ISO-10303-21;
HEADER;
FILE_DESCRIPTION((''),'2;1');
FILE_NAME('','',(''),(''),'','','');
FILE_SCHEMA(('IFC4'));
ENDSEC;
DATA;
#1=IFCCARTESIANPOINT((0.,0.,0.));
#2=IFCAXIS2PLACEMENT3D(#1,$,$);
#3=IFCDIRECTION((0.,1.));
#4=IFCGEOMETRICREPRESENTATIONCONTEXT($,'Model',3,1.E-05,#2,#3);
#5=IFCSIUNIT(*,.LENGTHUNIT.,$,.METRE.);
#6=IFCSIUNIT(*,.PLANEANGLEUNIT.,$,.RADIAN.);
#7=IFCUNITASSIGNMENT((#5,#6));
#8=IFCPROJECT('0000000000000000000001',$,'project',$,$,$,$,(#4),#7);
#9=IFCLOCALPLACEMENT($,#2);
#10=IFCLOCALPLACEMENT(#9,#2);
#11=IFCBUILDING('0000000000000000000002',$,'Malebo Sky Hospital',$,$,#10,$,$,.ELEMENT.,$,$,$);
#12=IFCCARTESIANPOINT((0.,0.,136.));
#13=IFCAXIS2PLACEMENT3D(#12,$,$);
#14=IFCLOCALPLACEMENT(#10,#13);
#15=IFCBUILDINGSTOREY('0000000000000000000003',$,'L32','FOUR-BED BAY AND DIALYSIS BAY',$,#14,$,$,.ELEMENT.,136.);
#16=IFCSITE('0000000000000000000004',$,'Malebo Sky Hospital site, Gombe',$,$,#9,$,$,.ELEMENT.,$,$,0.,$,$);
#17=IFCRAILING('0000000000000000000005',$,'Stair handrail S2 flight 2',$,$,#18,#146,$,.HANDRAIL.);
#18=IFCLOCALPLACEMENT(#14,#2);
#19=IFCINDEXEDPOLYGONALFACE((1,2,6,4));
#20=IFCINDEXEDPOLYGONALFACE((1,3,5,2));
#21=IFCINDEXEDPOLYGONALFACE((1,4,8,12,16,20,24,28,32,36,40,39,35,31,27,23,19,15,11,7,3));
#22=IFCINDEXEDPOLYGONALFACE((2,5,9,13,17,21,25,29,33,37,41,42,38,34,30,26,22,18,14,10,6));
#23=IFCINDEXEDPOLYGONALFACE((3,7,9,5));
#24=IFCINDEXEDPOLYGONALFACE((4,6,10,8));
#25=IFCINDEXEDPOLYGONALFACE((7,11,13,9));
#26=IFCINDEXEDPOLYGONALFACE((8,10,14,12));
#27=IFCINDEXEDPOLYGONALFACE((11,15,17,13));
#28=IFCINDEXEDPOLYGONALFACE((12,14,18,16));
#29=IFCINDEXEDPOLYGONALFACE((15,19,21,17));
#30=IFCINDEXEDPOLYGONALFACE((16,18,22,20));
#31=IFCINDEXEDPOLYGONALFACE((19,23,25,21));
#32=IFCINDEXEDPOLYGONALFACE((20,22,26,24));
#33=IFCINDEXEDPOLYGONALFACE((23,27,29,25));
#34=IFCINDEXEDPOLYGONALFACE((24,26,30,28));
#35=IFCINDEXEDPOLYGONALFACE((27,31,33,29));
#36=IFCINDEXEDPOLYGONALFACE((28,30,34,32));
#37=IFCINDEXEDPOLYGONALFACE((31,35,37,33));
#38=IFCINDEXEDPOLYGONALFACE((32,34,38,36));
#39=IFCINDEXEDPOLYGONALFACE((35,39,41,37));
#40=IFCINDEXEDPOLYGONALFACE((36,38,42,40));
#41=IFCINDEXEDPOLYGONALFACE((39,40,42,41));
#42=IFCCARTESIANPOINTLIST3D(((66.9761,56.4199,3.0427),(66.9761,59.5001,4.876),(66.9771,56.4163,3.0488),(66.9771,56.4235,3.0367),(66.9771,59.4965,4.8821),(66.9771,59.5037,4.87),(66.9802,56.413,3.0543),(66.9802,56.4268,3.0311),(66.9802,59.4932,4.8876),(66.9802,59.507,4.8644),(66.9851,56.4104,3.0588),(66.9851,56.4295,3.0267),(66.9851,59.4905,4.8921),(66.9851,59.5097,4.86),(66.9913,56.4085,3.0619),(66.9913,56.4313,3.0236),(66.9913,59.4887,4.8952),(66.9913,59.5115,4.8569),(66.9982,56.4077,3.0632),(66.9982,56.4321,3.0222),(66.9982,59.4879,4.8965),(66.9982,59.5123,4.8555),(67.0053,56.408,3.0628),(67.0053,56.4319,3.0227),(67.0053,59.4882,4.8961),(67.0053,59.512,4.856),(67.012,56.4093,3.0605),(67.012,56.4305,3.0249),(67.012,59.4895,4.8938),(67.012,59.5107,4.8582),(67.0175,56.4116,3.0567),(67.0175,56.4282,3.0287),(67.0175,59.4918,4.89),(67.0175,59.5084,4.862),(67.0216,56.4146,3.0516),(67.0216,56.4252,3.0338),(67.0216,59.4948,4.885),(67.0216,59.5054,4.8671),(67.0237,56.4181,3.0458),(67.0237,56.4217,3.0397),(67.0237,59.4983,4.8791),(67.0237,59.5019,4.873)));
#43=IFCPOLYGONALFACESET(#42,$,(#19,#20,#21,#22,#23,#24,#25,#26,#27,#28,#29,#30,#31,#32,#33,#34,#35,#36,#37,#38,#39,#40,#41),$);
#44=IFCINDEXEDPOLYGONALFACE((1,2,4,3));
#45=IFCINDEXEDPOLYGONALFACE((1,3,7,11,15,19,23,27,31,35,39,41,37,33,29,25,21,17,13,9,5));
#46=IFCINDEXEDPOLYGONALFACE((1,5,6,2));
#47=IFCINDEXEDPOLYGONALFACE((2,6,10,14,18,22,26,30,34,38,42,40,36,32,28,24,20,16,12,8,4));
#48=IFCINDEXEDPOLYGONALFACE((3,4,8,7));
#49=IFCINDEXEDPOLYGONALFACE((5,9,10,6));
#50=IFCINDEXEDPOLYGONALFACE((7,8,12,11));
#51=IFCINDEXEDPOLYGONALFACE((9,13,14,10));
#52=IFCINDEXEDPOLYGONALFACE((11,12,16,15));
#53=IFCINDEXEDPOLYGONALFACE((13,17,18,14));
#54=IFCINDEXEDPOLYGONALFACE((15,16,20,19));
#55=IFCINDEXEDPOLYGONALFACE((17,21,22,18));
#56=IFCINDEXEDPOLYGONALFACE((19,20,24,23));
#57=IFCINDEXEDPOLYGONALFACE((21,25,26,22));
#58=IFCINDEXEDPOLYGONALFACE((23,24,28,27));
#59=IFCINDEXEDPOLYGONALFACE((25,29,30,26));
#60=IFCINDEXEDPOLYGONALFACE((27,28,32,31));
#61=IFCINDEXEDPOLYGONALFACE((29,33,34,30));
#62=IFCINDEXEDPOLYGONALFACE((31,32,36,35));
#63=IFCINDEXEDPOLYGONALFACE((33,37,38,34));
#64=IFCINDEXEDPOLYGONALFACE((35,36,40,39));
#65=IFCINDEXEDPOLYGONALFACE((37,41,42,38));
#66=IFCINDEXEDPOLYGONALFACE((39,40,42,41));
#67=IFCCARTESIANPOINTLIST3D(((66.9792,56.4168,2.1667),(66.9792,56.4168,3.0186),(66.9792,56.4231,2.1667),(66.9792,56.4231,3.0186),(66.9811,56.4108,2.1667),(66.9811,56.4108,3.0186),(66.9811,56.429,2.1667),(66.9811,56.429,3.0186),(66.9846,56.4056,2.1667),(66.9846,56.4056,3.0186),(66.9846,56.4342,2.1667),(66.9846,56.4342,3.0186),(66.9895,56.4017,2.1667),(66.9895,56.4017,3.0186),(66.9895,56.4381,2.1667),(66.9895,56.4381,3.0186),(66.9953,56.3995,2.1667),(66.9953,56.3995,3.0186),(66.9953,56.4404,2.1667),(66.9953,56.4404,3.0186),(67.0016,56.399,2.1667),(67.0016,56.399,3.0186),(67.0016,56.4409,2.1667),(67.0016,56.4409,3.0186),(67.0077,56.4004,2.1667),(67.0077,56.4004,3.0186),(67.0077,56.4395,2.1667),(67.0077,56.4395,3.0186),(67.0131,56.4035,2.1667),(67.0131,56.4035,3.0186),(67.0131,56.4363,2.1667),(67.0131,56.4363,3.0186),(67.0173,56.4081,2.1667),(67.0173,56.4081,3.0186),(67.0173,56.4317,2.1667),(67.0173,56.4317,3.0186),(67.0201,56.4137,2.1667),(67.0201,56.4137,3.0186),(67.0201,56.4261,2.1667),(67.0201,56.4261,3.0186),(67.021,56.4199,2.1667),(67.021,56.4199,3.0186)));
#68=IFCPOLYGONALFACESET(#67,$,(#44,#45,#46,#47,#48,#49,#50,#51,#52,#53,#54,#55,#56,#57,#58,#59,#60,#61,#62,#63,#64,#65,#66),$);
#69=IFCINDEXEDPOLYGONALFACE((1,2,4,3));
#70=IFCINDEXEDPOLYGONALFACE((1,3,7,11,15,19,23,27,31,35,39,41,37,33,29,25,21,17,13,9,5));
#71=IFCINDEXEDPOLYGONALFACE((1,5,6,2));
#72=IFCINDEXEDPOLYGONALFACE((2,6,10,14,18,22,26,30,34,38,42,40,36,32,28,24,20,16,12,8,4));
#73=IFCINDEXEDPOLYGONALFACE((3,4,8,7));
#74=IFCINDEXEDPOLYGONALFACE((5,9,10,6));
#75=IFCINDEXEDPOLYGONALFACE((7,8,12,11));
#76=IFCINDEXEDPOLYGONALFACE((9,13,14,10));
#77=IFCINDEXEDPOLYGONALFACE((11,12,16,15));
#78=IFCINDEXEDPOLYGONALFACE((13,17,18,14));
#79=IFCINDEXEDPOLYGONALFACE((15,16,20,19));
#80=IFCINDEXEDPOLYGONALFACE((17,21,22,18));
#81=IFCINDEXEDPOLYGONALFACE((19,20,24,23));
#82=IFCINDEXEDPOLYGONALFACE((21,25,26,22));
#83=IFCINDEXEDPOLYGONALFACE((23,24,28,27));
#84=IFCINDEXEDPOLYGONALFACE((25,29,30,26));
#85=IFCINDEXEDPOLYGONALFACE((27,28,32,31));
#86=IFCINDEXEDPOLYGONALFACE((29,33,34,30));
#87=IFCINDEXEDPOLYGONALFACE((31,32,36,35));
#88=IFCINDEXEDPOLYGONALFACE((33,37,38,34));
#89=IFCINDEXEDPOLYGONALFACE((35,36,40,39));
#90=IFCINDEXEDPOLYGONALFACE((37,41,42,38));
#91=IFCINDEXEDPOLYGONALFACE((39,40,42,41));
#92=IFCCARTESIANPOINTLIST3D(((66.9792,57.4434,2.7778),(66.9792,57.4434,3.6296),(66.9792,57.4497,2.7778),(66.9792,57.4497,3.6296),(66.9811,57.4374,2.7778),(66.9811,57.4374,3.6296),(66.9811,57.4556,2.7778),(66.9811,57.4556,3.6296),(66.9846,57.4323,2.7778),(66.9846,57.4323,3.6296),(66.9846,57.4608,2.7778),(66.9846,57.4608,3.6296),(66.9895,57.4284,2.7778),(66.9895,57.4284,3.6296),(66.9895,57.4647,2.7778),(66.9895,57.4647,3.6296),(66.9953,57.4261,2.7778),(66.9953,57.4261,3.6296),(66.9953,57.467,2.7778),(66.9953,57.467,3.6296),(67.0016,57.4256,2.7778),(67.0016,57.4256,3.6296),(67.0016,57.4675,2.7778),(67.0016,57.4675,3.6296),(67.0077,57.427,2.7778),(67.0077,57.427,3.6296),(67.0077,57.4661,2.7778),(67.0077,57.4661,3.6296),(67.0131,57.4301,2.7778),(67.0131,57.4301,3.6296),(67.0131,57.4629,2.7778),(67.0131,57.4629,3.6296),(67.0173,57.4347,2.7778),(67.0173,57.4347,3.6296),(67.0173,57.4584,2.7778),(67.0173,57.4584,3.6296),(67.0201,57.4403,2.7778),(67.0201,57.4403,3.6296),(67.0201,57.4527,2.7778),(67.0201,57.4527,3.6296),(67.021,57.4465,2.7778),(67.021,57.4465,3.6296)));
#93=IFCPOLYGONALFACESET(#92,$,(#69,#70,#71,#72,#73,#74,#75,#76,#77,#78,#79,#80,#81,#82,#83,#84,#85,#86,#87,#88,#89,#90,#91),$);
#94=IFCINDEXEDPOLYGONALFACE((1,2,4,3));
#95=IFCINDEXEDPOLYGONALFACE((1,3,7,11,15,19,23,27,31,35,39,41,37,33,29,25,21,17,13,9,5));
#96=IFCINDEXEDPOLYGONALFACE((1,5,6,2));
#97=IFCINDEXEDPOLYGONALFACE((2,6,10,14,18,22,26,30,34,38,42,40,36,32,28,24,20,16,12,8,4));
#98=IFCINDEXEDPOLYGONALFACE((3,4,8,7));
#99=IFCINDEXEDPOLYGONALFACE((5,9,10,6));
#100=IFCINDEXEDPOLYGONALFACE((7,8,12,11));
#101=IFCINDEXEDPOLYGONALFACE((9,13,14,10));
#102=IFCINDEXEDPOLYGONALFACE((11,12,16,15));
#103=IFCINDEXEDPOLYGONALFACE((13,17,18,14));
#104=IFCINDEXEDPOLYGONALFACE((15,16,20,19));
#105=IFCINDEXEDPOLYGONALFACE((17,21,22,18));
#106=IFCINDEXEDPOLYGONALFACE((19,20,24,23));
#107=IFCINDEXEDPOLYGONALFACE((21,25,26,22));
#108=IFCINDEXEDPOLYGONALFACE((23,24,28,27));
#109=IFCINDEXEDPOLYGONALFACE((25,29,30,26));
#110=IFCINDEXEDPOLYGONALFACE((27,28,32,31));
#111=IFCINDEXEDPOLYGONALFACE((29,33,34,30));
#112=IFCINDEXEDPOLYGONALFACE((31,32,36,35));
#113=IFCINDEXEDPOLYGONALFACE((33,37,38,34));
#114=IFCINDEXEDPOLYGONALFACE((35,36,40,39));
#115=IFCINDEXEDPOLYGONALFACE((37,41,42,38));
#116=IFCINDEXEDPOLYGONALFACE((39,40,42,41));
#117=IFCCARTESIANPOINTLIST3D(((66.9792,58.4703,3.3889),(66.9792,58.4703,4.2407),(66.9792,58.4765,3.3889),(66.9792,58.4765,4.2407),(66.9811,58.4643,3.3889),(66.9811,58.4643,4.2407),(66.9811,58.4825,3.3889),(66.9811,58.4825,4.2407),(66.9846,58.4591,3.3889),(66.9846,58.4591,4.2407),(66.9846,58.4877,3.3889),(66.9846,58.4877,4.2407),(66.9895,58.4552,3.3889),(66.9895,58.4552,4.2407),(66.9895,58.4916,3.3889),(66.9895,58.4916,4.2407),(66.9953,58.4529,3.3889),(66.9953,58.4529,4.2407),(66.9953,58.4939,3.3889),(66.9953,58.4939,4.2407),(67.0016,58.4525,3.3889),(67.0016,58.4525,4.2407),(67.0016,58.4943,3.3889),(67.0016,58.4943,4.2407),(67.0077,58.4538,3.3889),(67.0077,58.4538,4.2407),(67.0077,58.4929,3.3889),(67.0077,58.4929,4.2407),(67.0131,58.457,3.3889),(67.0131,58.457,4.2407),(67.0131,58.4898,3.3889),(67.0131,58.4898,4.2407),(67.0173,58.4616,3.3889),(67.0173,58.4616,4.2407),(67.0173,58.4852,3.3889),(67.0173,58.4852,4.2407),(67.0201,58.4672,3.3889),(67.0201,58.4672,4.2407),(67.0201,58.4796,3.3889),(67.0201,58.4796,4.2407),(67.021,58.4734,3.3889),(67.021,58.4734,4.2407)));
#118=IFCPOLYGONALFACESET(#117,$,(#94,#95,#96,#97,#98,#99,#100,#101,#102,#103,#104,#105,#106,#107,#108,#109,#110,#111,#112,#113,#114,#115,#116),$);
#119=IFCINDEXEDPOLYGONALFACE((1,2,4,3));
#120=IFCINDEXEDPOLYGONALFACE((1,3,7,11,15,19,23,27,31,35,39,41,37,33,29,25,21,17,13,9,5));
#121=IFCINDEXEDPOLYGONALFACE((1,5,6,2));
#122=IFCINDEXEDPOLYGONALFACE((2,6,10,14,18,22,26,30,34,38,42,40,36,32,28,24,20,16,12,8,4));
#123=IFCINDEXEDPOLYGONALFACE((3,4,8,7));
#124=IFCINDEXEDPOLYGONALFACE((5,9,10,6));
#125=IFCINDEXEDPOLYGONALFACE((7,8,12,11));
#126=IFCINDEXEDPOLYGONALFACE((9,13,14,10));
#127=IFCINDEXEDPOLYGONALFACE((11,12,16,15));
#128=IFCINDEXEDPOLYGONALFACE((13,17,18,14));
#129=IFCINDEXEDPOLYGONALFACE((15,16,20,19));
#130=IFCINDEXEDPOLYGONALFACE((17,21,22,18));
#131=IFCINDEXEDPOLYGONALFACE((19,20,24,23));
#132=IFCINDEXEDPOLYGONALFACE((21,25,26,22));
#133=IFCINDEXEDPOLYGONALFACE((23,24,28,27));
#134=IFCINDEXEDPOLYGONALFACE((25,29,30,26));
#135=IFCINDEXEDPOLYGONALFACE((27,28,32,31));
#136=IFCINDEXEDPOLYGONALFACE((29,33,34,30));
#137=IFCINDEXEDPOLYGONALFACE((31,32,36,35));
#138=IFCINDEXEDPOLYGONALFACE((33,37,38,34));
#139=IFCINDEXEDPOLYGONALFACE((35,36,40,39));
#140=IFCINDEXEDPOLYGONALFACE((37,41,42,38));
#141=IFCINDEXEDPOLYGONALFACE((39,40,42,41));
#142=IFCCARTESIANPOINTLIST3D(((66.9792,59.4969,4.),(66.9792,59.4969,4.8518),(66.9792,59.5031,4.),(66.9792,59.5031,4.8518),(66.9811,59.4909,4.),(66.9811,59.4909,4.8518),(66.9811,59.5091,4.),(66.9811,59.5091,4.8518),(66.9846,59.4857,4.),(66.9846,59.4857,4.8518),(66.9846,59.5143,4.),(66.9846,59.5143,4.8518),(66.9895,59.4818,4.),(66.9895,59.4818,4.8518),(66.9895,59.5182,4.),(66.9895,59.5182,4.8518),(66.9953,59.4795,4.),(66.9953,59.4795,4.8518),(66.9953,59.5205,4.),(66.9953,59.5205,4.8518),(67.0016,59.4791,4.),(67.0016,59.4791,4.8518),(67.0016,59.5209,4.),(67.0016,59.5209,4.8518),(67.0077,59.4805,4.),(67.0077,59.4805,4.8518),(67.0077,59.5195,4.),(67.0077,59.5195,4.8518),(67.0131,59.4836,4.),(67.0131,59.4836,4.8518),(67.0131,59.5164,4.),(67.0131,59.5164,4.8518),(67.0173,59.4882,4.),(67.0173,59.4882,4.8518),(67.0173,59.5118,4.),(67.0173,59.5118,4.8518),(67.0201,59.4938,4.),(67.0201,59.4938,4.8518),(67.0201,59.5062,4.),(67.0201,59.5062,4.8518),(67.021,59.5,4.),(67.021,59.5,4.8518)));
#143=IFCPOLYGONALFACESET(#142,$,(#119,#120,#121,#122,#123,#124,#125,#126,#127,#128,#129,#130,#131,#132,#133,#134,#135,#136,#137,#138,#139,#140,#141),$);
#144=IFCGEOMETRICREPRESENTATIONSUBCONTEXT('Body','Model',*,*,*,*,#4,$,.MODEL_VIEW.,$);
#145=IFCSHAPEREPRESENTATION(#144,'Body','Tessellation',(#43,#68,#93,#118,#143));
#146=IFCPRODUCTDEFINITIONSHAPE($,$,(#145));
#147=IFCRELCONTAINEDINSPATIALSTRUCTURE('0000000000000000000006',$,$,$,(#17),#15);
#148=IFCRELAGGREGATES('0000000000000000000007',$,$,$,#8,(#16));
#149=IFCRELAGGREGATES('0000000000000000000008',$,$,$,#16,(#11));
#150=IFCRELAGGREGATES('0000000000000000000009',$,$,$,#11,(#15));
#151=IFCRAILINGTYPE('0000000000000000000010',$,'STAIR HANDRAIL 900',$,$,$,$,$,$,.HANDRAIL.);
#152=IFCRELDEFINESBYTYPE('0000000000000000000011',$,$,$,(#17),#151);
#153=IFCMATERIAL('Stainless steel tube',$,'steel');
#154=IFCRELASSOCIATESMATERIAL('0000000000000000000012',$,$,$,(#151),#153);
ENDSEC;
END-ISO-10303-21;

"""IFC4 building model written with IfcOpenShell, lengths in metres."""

from ifc_helpers import new_model, si_unit, direction, frame, origin, origin_2d, place, context, subcontext, project, spatial, circle, extrude, material, type_object, element, save


model = new_model("IFC4")

# Units and contexts
model_context = context("Model", 3, precision=1e-05, world=origin(), true_north=direction((0.0, 1.0)))
body_context = subcontext(model_context, "Body", "Model", "MODEL_VIEW")
ifc_project = project(units=[si_unit("LENGTHUNIT", "METRE"), si_unit("PLANEANGLEUNIT", "RADIAN")], contexts=[model_context])

# Site, building, storey
site_placement = place(None, origin())
site = spatial("IfcSite", under=ifc_project, at=site_placement, Name="Malebo Sky Hospital site, Gombe", CompositionType="ELEMENT", RefElevation=0.0)
building_placement = place(site_placement, origin())
building = spatial("IfcBuilding", under=site, at=building_placement, Name="Malebo Sky Hospital", CompositionType="ELEMENT")
storey_placement = place(building_placement, frame((0.0, 0.0, 136.0)))
storey = spatial("IfcBuildingStorey", under=building, at=storey_placement, Name="L32", Description="FOUR-BED BAY AND DIALYSIS BAY", CompositionType="ELEMENT", Elevation=136.0)

# Railing
ifc_material_1 = material(Name="Stainless steel tube", Category="steel")
railing_type = type_object("IfcRailingType", Name="STAIR HANDRAIL 900", PredefinedType="HANDRAIL", material=ifc_material_1)
railing_1_placement = place(storey_placement, frame((67.0, 56.4199, 2.1667)))
element("IfcRailing", 1, at=railing_1_placement, inside=storey, type_object=railing_type, Name="Stair handrail S2 flight 2", PredefinedType="HANDRAIL", context=body_context, shape_type="SweptSolid", body=[
    extrude(circle(Radius=0.0239, at=origin_2d()), frame((0.0, 0.0, 0.876), z_axis=(0.0, 0.859309, 0.511458), x_axis=(-1.0, 0.0, 0.0)), (0.0, 0.0, 1.0), 3.5845),
    extrude(circle(Radius=0.021, at=origin_2d()), origin(), (0.0, 0.0, 1.0), 0.8518),
    extrude(circle(Radius=0.021, at=origin_2d()), frame((0.0, 1.0266, 0.6111)), (0.0, 0.0, 1.0), 0.8518),
    extrude(circle(Radius=0.021, at=origin_2d()), frame((0.0, 2.0535, 1.2222)), (0.0, 0.0, 1.0), 0.8518),
    extrude(circle(Radius=0.021, at=origin_2d()), frame((0.0, 3.0801, 1.8333)), (0.0, 0.0, 1.0), 0.8518),
])

save(model, "model.ifc")
